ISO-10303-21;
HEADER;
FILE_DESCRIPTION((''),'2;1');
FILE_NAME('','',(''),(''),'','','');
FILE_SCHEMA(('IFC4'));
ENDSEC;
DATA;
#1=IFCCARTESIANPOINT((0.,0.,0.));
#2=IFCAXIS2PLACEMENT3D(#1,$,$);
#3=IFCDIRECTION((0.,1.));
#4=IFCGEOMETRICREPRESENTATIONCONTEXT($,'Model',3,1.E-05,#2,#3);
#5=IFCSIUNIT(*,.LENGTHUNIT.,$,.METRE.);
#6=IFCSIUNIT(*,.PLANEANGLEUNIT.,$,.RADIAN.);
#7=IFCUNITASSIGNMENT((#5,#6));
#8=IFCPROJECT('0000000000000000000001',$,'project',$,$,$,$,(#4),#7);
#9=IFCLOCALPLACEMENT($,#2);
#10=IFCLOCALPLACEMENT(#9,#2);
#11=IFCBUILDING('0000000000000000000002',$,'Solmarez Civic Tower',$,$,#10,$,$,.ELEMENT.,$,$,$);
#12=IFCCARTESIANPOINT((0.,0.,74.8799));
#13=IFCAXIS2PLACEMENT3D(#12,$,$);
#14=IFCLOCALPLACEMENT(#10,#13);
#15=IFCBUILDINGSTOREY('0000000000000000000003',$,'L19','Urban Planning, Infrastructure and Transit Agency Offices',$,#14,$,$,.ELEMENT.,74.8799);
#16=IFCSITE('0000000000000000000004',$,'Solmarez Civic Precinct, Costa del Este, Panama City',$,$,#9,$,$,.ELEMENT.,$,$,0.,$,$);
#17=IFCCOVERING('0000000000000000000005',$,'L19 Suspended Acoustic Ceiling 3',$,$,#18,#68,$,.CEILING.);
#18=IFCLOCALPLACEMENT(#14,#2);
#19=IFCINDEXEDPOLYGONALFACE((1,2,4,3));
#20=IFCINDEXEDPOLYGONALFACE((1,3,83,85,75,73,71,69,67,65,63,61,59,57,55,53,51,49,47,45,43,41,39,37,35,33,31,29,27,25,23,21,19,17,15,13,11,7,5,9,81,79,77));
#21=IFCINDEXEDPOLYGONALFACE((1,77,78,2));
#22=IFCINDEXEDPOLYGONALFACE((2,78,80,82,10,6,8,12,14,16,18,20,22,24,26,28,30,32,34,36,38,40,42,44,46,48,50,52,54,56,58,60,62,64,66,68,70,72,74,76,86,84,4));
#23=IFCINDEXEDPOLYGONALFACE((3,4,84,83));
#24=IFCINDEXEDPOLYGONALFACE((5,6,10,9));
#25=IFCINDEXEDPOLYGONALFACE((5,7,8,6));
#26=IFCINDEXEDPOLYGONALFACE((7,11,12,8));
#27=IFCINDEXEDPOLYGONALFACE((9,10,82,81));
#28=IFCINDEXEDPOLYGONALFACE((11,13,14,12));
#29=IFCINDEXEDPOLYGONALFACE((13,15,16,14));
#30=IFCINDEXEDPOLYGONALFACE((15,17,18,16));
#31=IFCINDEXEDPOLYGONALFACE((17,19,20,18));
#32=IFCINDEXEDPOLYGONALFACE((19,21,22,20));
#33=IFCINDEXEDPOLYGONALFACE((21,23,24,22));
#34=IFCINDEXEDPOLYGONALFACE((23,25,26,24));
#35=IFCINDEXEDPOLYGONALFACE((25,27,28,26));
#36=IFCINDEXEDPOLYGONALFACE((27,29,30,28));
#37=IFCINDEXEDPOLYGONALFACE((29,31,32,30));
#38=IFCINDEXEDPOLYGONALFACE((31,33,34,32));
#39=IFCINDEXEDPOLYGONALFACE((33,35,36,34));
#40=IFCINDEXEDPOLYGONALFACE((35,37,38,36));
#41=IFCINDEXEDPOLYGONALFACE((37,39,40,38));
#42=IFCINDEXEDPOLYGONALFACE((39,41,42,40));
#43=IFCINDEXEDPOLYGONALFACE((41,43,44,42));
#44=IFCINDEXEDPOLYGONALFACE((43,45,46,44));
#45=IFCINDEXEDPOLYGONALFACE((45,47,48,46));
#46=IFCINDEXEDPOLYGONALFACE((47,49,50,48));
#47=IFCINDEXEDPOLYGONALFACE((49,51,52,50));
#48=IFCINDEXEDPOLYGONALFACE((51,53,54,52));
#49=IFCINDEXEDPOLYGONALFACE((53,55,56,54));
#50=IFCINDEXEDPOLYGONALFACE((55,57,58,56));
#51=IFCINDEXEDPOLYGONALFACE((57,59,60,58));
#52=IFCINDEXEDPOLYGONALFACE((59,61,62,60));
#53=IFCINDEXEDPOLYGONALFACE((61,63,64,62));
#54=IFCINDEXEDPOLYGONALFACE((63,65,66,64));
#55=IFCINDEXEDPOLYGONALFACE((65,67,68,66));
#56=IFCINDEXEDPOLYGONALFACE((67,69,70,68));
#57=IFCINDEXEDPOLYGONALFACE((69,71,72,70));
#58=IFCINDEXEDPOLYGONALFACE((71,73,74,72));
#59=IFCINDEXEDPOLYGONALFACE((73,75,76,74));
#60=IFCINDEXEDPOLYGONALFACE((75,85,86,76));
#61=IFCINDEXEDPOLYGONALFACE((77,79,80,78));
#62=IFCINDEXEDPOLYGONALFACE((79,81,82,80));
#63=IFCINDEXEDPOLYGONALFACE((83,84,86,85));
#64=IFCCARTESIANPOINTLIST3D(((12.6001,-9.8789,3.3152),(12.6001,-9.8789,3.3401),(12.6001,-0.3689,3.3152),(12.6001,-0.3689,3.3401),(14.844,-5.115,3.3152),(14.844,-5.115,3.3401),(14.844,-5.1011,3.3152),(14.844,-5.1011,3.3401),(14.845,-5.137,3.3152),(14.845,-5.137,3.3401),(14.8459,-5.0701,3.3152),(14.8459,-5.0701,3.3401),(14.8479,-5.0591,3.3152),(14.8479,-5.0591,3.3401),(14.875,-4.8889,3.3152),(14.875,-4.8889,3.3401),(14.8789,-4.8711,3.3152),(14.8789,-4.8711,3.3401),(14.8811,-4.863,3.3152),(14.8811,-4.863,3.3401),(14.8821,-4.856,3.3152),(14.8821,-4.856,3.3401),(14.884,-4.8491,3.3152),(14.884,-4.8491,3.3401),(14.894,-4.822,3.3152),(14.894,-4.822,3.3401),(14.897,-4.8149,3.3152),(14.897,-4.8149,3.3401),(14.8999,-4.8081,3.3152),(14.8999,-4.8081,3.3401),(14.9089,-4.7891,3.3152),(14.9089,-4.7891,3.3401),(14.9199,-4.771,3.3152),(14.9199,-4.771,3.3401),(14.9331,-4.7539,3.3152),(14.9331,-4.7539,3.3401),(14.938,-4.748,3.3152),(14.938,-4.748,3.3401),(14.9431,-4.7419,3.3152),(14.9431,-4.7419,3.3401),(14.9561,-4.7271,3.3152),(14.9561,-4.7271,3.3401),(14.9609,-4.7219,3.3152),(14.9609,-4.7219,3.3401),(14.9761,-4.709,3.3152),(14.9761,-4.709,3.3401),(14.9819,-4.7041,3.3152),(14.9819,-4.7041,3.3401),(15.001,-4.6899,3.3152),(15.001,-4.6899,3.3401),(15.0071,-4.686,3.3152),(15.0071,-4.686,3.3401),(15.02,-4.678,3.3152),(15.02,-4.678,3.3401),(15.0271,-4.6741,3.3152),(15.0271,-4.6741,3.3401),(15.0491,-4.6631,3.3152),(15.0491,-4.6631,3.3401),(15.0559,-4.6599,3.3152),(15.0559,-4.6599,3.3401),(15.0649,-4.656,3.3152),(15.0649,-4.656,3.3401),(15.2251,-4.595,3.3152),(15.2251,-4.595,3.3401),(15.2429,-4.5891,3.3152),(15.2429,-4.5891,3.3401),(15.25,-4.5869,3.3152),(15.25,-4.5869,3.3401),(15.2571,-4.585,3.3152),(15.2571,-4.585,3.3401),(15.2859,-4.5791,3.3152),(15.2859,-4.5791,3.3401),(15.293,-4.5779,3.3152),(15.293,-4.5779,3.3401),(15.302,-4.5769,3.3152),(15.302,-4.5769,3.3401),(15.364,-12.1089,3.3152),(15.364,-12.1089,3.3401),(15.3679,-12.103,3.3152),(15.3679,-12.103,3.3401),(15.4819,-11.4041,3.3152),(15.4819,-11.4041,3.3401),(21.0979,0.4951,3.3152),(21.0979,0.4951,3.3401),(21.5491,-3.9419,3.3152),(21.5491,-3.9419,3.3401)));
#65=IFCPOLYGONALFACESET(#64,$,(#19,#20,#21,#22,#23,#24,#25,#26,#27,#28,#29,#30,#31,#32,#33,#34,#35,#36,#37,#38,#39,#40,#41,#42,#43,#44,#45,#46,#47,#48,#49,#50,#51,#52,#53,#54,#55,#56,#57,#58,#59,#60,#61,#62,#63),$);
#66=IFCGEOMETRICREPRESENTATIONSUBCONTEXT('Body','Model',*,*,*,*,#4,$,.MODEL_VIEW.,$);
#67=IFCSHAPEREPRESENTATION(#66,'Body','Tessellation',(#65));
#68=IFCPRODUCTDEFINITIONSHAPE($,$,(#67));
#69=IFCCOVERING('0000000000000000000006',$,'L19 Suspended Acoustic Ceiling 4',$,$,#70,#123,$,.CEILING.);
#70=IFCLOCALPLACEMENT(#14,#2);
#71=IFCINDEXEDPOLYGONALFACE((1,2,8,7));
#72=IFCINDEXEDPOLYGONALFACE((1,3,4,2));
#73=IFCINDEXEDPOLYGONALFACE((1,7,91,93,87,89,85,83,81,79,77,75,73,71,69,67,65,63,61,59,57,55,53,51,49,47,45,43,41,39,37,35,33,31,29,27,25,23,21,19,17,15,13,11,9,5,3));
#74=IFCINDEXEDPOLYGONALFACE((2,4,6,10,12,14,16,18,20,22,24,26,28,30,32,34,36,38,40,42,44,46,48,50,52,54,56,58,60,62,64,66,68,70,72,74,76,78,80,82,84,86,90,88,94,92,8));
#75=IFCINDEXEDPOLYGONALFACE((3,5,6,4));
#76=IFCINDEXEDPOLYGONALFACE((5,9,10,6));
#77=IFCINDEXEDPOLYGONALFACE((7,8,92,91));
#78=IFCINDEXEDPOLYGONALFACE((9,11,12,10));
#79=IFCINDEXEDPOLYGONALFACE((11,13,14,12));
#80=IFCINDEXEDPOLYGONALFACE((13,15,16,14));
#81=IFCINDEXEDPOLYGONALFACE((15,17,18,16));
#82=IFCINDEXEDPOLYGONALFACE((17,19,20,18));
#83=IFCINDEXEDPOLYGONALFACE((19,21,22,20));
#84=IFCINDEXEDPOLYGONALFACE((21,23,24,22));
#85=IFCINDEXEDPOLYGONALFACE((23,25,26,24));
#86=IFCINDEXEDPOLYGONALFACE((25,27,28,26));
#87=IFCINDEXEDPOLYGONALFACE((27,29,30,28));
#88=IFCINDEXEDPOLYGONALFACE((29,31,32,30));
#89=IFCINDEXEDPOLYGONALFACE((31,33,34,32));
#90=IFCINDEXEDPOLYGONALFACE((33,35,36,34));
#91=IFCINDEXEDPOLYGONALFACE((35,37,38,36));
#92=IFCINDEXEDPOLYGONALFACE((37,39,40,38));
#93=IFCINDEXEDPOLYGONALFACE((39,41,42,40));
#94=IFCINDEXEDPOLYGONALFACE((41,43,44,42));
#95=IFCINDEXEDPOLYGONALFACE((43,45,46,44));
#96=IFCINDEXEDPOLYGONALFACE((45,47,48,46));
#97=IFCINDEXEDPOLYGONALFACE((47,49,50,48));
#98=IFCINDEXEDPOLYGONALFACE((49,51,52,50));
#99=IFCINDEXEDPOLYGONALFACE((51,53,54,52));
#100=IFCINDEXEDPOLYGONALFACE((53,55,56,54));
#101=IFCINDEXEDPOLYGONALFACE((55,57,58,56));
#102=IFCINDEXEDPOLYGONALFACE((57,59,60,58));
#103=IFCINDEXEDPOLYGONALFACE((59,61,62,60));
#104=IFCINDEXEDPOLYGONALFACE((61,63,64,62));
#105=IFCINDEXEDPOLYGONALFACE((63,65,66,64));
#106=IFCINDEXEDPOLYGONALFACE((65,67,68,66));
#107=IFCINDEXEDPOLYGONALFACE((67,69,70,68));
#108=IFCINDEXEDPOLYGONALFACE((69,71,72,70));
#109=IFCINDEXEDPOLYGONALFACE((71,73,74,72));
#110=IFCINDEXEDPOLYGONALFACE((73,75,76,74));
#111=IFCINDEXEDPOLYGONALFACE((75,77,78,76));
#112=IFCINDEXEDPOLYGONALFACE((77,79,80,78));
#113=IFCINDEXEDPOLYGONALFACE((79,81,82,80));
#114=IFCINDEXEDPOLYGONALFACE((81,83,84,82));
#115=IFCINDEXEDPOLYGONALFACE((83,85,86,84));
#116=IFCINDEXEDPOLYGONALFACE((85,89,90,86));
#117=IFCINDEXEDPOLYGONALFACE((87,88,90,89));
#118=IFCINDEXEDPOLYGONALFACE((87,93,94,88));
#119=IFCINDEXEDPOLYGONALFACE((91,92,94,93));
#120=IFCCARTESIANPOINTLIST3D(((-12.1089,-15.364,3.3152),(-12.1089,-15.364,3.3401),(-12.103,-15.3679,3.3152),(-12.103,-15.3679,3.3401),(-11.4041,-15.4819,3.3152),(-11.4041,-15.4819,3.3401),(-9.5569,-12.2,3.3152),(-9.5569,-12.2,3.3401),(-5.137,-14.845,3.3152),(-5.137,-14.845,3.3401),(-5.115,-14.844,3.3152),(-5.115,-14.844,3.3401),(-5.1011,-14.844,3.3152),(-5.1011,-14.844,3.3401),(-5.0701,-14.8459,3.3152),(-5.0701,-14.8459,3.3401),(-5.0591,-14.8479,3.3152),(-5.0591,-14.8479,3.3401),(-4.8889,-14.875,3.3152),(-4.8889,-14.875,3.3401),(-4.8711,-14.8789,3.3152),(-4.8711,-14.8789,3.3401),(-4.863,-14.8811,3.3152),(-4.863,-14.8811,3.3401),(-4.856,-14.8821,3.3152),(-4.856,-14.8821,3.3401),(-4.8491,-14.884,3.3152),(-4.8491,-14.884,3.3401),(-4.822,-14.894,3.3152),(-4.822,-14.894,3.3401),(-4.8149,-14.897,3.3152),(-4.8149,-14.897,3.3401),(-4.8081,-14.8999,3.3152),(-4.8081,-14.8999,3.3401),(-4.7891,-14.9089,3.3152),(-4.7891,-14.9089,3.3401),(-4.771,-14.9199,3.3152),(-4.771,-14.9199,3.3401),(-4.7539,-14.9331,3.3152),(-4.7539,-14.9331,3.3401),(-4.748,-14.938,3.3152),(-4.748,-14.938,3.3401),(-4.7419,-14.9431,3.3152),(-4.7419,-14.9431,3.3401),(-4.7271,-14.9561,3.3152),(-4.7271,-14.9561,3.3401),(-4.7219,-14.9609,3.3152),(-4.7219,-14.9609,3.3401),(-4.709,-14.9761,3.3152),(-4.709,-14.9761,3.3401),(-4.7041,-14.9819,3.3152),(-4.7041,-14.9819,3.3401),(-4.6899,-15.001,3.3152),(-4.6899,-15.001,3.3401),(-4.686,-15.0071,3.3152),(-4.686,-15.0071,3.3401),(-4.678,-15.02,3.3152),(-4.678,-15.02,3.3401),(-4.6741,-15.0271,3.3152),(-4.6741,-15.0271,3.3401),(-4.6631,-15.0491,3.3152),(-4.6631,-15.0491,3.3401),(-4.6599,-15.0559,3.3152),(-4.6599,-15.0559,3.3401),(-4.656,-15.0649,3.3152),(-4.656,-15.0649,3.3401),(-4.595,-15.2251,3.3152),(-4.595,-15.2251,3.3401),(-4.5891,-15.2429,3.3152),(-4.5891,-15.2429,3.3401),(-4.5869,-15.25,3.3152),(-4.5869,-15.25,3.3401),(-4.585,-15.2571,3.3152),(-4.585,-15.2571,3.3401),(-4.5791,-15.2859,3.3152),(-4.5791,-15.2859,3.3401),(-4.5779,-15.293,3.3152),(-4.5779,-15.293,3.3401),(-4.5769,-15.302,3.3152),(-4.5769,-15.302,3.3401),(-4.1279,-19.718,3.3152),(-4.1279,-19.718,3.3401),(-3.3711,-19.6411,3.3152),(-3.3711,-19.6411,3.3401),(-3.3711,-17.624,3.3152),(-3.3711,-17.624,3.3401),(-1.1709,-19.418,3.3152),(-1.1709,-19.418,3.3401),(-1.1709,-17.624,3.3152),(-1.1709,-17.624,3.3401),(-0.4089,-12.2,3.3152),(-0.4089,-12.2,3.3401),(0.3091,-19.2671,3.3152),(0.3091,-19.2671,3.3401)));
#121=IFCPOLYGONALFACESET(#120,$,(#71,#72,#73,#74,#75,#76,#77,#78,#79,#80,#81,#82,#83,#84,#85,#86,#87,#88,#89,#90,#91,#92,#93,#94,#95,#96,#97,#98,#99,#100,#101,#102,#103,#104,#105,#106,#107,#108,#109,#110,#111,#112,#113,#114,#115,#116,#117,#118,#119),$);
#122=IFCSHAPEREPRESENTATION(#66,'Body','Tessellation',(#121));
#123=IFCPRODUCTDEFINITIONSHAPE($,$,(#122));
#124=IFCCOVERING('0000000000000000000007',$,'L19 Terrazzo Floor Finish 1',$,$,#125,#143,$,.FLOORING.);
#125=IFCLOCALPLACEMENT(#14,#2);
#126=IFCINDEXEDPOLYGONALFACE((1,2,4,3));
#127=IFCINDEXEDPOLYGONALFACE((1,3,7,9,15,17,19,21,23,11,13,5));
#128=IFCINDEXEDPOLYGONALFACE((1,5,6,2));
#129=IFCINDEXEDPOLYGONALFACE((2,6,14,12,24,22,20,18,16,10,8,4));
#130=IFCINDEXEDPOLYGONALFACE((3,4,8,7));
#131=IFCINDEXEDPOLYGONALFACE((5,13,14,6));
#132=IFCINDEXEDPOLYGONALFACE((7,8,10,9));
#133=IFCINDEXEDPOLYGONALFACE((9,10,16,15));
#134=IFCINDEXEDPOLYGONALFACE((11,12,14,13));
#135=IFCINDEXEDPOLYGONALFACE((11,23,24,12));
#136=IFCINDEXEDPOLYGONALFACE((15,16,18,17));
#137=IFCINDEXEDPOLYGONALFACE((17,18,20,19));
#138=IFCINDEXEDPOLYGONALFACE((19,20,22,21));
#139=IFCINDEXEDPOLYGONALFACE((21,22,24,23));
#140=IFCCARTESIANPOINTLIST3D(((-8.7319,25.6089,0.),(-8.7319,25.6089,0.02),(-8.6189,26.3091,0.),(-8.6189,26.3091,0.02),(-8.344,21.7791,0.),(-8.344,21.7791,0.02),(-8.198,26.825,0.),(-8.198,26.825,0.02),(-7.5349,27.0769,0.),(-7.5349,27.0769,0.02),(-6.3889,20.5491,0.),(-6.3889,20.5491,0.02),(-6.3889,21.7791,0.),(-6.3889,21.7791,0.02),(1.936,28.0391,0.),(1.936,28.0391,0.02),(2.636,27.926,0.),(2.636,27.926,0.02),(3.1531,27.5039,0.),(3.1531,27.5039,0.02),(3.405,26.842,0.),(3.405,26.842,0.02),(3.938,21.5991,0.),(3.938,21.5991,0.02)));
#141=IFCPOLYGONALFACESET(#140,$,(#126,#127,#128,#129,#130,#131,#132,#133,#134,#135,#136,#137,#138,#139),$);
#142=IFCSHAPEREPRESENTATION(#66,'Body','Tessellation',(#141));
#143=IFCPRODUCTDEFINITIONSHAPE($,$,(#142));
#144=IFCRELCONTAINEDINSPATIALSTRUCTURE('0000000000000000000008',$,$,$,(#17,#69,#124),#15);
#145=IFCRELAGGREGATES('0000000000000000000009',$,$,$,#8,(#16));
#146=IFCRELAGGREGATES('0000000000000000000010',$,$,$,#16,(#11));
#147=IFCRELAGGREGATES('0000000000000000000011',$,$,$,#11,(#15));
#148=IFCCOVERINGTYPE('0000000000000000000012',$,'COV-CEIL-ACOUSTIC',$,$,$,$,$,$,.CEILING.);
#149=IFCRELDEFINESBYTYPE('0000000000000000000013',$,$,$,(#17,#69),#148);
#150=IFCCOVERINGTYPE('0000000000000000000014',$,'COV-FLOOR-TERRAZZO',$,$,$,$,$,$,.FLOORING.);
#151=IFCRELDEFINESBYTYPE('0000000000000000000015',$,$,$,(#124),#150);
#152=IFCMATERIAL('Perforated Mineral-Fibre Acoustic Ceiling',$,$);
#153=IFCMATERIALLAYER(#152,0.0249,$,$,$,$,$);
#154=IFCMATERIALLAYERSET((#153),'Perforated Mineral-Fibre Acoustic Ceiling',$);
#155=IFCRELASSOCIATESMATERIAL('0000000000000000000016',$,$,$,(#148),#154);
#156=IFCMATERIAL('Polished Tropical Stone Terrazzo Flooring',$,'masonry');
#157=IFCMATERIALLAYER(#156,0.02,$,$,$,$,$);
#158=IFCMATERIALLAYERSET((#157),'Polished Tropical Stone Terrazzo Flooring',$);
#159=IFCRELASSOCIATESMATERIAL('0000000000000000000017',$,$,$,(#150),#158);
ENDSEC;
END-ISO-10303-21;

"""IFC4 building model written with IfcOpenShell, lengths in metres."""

from ifc_helpers import new_model, si_unit, direction, frame, origin, place, context, subcontext, project, spatial, polyline, outline, extrude, material, layer, layer_set, type_object, element, save


model = new_model("IFC4")

# Units and contexts
model_context = context("Model", 3, precision=1e-05, world=origin(), true_north=direction((0.0, 1.0)))
body_context = subcontext(model_context, "Body", "Model", "MODEL_VIEW")
ifc_project = project(units=[si_unit("LENGTHUNIT", "METRE"), si_unit("PLANEANGLEUNIT", "RADIAN")], contexts=[model_context])

# Site, building, storey
site_placement = place(None, origin())
site = spatial("IfcSite", under=ifc_project, at=site_placement, Name="Solmarez Civic Precinct, Costa del Este, Panama City", CompositionType="ELEMENT", RefElevation=0.0)
building_placement = place(site_placement, origin())
building = spatial("IfcBuilding", under=site, at=building_placement, Name="Solmarez Civic Tower", CompositionType="ELEMENT")
storey_placement = place(building_placement, frame((0.0, 0.0, 74.8799)))
storey = spatial("IfcBuildingStorey", under=building, at=storey_placement, Name="L19", Description="Urban Planning, Infrastructure and Transit Agency Offices", CompositionType="ELEMENT", Elevation=74.8799)

# Coverings
ifc_material_1 = material(Name="Perforated Mineral-Fibre Acoustic Ceiling")
ifc_layer_1 = layer(ifc_material_1, 0.0249)
ifc_layer_set_1 = layer_set([ifc_layer_1], Name="Perforated Mineral-Fibre Acoustic Ceiling")
covering_type_1 = type_object("IfcCoveringType", Name="COV-CEIL-ACOUSTIC", PredefinedType="CEILING", material=ifc_layer_set_1)
covering_1_placement = place(storey_placement, frame((0.0, 0.0, 3.3152)))
element("IfcCovering", 1, at=covering_1_placement, inside=storey, type_object=covering_type_1, Name="L19 Suspended Acoustic Ceiling 3", PredefinedType="CEILING", context=body_context, shape_type="SweptSolid", body=[
    extrude(outline(polyline([(12.6001, -0.3689), (12.6001, -9.8789), (15.364, -12.1089), (15.3679, -12.103), (15.4819, -11.4041), (14.845, -5.137), (14.844, -5.115), (14.844, -5.1011), (14.8459, -5.0701), (14.8479, -5.0591), (14.875, -4.8889), (14.8789, -4.8711), (14.8811, -4.863), (14.8821, -4.856), (14.884, -4.8491), (14.894, -4.822), (14.897, -4.8149), (14.8999, -4.8081), (14.9089, -4.7891), (14.9199, -4.771), (14.9331, -4.7539), (14.938, -4.748), (14.9431, -4.7419), (14.9561, -4.7271), (14.9609, -4.7219), (14.9761, -4.709), (14.9819, -4.7041), (15.001, -4.6899), (15.0071, -4.686), (15.02, -4.678), (15.0271, -4.6741), (15.0491, -4.6631), (15.0559, -4.6599), (15.0649, -4.656), (15.2251, -4.595), (15.2429, -4.5891), (15.25, -4.5869), (15.2571, -4.585), (15.2859, -4.5791), (15.293, -4.5779), (15.302, -4.5769), (21.5491, -3.9419), (21.0979, 0.4951), (12.6001, -0.3689)])), origin(), (0.0, 0.0, 1.0), 0.0249),
])
covering_2_placement = place(storey_placement, frame((0.0, 0.0, 3.3152)))
element("IfcCovering", 2, at=covering_2_placement, inside=storey, type_object=covering_type_1, Name="L19 Suspended Acoustic Ceiling 4", PredefinedType="CEILING", context=body_context, shape_type="SweptSolid", body=[
    extrude(outline(polyline([(-0.4089, -12.2), (-9.5569, -12.2), (-12.1089, -15.364), (-12.103, -15.3679), (-11.4041, -15.4819), (-5.137, -14.845), (-5.115, -14.844), (-5.1011, -14.844), (-5.0701, -14.8459), (-5.0591, -14.8479), (-4.8889, -14.875), (-4.8711, -14.8789), (-4.863, -14.8811), (-4.856, -14.8821), (-4.8491, -14.884), (-4.822, -14.894), (-4.8149, -14.897), (-4.8081, -14.8999), (-4.7891, -14.9089), (-4.771, -14.9199), (-4.7539, -14.9331), (-4.748, -14.938), (-4.7419, -14.9431), (-4.7271, -14.9561), (-4.7219, -14.9609), (-4.709, -14.9761), (-4.7041, -14.9819), (-4.6899, -15.001), (-4.686, -15.0071), (-4.678, -15.02), (-4.6741, -15.0271), (-4.6631, -15.0491), (-4.6599, -15.0559), (-4.656, -15.0649), (-4.595, -15.2251), (-4.5891, -15.2429), (-4.5869, -15.25), (-4.585, -15.2571), (-4.5791, -15.2859), (-4.5779, -15.293), (-4.5769, -15.302), (-4.1279, -19.718), (-3.3711, -19.6411), (-3.3711, -17.624), (-1.1709, -17.624), (-1.1709, -19.418), (0.3091, -19.2671), (-0.4089, -12.2)])), origin(), (0.0, 0.0, 1.0), 0.0249),
])
ifc_material_2 = material(Name="Polished Tropical Stone Terrazzo Flooring", Category="masonry")
ifc_layer_2 = layer(ifc_material_2, 0.02)
ifc_layer_set_2 = layer_set([ifc_layer_2], Name="Polished Tropical Stone Terrazzo Flooring")
covering_type_2 = type_object("IfcCoveringType", Name="COV-FLOOR-TERRAZZO", PredefinedType="FLOORING", material=ifc_layer_set_2)
covering_3_placement = place(storey_placement, origin())
element("IfcCovering", 3, at=covering_3_placement, inside=storey, type_object=covering_type_2, Name="L19 Terrazzo Floor Finish 1", PredefinedType="FLOORING", context=body_context, shape_type="SweptSolid", body=[
    extrude(outline(polyline([(3.938, 21.5991), (3.405, 26.842), (3.1531, 27.5039), (2.636, 27.926), (1.936, 28.0391), (-7.5349, 27.0769), (-8.198, 26.825), (-8.6189, 26.3091), (-8.7319, 25.6089), (-8.344, 21.7791), (-6.3889, 21.7791), (-6.3889, 20.5491), (3.938, 21.5991)])), origin(), (0.0, 0.0, 1.0), 0.02),
])

save(model, "model.ifc")
